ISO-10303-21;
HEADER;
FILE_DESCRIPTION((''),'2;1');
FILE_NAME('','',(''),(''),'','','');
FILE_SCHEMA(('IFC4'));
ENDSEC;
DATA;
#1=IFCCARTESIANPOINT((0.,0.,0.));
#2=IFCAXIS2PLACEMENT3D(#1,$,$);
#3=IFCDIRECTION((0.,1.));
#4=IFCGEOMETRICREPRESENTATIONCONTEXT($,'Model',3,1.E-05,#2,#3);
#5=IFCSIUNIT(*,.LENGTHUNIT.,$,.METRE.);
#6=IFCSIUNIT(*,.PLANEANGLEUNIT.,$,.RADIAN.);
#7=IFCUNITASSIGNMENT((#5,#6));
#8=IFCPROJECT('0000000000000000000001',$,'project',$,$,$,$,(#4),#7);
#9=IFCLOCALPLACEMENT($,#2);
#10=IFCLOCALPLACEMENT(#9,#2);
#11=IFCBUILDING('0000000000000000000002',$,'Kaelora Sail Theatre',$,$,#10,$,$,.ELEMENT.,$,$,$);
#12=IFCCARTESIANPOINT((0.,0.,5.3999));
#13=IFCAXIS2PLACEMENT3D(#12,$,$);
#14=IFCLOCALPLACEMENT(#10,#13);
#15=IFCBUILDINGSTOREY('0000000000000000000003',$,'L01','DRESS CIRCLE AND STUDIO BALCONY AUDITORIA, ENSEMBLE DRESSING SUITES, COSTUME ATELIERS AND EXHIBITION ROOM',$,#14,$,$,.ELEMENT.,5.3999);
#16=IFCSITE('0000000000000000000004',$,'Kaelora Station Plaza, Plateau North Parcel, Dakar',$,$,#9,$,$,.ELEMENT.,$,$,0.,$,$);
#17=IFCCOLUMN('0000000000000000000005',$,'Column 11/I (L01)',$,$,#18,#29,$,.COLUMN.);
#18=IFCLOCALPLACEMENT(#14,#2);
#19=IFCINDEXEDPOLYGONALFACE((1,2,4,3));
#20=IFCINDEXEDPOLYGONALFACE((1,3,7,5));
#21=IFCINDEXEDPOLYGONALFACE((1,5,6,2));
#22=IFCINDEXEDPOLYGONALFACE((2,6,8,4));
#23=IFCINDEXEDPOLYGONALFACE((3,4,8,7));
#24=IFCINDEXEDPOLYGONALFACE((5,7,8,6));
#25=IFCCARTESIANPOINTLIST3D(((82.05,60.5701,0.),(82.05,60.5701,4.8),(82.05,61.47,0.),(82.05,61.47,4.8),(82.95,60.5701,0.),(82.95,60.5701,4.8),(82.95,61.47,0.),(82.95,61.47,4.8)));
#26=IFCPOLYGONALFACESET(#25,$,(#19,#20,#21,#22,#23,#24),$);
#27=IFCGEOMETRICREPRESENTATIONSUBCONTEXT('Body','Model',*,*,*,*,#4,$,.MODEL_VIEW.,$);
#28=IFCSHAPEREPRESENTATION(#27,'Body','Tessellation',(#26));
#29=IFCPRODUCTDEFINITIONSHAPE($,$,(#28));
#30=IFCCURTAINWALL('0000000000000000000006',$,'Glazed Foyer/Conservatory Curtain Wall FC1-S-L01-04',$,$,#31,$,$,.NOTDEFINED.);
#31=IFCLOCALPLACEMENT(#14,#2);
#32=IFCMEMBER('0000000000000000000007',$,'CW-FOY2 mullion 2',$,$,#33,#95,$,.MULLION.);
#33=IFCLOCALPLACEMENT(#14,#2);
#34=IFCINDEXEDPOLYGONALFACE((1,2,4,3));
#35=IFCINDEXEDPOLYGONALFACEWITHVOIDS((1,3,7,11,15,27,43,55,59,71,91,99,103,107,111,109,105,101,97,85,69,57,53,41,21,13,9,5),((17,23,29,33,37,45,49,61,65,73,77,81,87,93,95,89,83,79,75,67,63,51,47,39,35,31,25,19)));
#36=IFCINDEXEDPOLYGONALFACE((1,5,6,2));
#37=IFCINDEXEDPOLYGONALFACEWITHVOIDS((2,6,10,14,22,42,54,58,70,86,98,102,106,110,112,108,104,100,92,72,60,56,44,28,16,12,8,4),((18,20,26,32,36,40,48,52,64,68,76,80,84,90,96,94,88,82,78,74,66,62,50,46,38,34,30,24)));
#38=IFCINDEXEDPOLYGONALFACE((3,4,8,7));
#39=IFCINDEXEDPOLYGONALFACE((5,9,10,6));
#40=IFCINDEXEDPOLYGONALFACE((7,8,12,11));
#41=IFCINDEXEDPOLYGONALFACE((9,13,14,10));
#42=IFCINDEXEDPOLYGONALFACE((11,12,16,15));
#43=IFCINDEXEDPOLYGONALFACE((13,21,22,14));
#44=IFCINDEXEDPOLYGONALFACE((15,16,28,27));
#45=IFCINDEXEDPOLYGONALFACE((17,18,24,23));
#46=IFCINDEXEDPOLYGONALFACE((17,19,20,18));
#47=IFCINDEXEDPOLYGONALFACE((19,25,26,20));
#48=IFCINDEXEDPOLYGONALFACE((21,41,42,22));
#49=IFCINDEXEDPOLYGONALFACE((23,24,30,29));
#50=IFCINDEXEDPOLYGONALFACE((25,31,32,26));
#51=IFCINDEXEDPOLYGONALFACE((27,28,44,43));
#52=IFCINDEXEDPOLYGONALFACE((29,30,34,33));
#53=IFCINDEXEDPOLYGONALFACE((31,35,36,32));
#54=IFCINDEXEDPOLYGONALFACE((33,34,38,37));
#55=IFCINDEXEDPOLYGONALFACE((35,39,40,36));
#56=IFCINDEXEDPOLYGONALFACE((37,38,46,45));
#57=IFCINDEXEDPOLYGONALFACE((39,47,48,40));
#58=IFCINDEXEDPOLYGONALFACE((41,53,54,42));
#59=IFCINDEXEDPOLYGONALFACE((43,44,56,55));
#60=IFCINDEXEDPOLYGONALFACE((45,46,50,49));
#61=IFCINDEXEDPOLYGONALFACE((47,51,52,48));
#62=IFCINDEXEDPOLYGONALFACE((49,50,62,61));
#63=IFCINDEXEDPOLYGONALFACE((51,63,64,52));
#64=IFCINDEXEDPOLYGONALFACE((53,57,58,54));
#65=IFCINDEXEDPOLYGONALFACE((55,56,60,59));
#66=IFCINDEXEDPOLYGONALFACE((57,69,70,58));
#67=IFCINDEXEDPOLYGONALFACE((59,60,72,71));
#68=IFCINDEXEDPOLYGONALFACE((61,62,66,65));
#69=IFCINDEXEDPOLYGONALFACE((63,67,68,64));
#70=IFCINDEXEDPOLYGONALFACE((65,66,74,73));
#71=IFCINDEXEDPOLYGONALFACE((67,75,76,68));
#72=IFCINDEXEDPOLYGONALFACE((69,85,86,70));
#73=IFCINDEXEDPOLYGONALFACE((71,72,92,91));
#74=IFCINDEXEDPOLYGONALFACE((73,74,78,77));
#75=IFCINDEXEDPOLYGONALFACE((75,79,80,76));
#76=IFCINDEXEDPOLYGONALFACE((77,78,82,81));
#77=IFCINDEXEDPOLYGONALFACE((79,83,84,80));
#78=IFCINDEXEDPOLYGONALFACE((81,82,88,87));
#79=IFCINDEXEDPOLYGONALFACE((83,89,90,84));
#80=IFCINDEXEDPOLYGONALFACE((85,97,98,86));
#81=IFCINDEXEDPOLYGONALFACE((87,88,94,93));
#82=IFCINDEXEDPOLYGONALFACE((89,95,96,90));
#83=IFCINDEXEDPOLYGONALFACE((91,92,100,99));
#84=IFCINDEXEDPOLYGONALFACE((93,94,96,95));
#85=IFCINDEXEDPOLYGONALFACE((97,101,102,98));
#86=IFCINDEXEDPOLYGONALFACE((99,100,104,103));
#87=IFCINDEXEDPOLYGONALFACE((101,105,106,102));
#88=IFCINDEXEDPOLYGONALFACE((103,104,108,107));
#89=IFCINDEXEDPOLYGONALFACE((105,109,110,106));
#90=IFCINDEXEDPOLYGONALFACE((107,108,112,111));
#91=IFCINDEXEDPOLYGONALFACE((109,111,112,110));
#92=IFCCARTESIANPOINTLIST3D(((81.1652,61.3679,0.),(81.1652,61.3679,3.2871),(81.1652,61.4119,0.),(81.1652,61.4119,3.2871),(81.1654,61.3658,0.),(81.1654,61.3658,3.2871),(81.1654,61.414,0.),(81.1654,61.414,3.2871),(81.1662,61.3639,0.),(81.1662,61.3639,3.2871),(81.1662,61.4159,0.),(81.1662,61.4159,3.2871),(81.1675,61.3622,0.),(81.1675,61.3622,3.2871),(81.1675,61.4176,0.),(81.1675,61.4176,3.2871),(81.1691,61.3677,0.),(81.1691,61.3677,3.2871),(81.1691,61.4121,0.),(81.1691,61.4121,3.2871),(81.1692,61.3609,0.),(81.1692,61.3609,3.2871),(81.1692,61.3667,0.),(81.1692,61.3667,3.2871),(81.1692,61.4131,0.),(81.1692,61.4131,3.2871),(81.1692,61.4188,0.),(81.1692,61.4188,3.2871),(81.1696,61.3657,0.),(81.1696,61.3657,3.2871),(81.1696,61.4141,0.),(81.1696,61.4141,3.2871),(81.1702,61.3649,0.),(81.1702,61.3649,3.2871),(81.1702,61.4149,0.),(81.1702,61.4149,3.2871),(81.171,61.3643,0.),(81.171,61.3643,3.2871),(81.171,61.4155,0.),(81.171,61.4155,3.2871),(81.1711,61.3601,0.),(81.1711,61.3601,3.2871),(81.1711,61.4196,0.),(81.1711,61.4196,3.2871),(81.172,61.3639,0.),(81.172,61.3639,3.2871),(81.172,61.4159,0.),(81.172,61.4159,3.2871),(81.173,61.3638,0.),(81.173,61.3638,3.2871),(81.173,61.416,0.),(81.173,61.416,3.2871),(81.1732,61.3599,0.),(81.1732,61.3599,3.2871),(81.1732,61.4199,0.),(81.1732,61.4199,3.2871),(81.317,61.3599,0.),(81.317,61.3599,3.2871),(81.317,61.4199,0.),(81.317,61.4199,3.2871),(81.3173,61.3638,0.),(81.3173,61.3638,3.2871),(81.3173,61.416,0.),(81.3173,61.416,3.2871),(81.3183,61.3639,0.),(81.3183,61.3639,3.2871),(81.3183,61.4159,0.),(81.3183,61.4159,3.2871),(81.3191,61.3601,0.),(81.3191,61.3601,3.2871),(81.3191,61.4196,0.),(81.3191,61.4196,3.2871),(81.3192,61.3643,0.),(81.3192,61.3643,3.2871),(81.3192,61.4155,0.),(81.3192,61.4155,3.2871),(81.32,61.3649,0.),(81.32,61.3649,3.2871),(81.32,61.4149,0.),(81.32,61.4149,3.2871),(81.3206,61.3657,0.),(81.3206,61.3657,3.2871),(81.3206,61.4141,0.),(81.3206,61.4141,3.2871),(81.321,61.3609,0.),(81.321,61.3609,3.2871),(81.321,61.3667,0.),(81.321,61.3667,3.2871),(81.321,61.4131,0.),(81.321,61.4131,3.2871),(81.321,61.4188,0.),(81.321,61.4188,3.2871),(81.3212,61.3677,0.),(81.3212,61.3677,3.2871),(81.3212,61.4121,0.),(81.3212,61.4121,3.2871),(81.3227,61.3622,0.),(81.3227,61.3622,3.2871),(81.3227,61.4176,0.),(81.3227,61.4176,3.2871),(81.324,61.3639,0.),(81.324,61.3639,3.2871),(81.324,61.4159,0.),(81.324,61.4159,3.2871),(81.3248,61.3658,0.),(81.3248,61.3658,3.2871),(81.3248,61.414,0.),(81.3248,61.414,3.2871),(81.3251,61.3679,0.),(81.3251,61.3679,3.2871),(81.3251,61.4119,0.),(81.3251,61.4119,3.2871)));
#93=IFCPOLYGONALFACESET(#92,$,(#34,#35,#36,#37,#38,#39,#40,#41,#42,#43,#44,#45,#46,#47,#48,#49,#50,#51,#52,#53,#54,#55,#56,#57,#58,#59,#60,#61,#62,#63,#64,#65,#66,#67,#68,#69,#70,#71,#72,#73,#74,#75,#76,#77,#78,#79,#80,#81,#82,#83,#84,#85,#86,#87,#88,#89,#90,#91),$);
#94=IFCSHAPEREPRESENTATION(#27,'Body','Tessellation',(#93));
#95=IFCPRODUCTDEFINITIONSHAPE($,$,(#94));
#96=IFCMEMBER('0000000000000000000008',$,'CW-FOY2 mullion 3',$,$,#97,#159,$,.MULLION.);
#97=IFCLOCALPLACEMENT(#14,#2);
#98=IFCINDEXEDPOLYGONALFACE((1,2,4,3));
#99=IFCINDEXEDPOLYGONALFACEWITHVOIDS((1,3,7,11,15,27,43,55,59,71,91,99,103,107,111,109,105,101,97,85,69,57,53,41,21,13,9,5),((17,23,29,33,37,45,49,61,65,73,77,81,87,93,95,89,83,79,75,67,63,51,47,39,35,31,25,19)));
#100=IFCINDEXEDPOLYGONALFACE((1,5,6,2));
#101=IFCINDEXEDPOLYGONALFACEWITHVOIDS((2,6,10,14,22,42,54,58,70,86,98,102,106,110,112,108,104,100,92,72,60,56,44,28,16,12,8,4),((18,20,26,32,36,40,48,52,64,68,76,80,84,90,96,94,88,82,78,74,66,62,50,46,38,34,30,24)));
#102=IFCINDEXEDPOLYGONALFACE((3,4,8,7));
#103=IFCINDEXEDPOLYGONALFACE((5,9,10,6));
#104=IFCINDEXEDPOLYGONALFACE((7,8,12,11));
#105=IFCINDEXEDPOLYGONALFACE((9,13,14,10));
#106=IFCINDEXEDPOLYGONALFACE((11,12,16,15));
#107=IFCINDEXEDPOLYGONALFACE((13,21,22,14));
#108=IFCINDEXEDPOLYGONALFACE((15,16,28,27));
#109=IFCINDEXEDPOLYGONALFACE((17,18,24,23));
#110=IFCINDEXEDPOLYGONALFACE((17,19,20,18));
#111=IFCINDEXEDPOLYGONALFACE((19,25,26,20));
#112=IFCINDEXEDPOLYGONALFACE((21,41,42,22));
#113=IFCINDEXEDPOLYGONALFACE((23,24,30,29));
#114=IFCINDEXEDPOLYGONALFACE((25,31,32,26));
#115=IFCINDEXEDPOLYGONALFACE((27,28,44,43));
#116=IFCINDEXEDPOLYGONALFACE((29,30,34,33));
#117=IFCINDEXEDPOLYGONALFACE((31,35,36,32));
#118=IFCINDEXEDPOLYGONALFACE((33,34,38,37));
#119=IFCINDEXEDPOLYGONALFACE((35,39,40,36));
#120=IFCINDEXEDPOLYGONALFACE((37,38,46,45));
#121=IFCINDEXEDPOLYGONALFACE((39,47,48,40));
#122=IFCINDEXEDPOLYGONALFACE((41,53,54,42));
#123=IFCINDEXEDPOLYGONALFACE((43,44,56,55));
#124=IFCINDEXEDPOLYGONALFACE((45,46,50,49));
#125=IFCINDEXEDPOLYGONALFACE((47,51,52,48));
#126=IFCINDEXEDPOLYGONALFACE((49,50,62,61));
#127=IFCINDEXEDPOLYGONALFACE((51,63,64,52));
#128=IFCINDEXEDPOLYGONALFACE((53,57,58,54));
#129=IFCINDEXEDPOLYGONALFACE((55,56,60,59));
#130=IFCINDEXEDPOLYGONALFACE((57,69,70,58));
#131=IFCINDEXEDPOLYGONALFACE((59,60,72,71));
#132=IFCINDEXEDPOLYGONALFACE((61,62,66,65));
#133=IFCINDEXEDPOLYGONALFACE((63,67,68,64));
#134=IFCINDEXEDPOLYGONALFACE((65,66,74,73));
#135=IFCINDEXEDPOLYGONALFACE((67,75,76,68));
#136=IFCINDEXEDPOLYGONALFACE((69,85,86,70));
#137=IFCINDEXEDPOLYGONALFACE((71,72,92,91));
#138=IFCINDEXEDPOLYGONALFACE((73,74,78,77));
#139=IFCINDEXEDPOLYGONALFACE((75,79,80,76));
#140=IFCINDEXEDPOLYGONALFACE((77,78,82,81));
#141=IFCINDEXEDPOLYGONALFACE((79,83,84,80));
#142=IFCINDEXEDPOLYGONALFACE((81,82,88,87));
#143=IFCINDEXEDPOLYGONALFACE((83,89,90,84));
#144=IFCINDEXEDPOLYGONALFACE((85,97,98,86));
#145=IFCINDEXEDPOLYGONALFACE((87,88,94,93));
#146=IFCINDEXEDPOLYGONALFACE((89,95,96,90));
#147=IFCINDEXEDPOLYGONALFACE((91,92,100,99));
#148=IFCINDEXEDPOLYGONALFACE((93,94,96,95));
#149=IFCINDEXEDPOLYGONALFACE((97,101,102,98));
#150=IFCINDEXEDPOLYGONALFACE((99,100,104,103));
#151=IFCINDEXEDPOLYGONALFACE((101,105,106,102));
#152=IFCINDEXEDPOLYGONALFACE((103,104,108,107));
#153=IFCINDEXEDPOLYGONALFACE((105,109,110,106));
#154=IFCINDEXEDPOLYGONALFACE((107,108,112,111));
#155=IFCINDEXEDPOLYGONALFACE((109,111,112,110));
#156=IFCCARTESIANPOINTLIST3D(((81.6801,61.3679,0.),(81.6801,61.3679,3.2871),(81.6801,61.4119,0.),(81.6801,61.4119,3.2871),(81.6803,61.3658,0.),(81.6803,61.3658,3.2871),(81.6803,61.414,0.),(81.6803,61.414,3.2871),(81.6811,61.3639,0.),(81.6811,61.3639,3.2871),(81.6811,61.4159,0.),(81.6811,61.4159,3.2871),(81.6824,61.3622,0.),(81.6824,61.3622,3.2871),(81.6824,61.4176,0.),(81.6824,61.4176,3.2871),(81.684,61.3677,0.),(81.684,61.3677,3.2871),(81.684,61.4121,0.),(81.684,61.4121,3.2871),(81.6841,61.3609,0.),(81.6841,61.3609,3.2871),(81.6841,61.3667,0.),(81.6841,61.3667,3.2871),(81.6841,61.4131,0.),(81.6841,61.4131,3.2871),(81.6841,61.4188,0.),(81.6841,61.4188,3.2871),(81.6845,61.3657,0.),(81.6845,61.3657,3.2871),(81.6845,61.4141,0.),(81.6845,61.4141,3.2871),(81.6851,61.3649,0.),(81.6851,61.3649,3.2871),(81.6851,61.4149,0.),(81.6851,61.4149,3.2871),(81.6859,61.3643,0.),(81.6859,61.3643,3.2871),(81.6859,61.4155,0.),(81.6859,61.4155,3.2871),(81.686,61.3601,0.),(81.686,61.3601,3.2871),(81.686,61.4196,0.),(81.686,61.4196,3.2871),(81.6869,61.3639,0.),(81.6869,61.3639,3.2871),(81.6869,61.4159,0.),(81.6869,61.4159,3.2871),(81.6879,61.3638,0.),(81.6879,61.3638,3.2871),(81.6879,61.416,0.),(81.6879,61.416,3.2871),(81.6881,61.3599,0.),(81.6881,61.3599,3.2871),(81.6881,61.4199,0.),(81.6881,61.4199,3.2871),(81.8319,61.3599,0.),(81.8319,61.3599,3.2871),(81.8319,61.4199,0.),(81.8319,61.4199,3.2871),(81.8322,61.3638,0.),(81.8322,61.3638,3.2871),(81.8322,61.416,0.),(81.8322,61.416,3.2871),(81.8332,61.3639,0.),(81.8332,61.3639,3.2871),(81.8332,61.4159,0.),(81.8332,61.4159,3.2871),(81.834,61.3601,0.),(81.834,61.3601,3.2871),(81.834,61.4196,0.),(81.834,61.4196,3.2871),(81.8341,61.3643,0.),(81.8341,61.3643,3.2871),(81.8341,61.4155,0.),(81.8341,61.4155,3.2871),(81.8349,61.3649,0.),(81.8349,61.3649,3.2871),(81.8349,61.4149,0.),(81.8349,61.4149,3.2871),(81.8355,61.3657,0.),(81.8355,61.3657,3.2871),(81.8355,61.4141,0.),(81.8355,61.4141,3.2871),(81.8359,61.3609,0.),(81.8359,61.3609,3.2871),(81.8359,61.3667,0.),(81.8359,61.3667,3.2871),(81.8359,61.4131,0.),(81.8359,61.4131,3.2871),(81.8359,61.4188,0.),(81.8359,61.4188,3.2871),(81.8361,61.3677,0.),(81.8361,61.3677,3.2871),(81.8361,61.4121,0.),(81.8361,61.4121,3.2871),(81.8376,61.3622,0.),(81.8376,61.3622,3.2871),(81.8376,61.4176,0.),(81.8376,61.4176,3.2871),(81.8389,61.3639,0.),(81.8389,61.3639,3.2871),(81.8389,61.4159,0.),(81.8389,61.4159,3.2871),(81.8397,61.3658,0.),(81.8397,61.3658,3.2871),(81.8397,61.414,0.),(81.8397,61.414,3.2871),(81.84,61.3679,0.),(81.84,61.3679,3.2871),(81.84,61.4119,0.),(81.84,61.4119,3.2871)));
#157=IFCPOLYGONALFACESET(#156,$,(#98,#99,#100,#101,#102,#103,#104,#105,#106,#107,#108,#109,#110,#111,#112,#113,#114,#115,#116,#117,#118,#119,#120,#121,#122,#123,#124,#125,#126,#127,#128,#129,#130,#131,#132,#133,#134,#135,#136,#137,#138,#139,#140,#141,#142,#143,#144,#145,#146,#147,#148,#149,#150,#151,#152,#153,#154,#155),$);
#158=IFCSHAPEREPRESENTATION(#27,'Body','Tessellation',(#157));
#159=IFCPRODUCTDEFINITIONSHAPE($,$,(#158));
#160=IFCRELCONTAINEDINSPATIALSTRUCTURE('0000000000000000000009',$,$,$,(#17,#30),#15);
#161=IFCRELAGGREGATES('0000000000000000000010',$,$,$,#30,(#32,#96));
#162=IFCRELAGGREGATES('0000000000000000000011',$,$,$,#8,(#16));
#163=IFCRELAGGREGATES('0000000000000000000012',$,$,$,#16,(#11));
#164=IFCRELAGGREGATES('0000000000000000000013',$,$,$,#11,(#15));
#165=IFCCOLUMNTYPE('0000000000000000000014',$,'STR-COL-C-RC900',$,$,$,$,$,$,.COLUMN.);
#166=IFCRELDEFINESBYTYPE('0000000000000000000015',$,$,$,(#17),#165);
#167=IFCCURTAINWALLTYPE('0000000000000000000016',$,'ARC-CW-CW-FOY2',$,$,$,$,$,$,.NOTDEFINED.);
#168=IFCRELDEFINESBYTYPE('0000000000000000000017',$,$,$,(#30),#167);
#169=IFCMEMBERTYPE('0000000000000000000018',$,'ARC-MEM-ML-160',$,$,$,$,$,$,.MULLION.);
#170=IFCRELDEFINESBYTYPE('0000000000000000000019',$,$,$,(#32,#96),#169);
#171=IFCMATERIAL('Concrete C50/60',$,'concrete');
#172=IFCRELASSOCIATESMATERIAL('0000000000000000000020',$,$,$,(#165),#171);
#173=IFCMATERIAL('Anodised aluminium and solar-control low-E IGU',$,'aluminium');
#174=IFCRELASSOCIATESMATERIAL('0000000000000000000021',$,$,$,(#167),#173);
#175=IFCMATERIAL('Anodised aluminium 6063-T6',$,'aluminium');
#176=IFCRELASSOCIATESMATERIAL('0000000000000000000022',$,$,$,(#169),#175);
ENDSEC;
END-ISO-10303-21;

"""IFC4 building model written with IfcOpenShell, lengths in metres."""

from ifc_helpers import new_model, si_unit, direction, frame, origin, origin_2d, place, context, subcontext, project, spatial, rectangle, hollow_rectangle, extrude, material, material_profile, profile_set, type_object, element, aggregate, save


model = new_model("IFC4")

# Units and contexts
model_context = context("Model", 3, precision=1e-05, world=origin(), true_north=direction((0.0, 1.0)))
body_context = subcontext(model_context, "Body", "Model", "MODEL_VIEW")
ifc_project = project(units=[si_unit("LENGTHUNIT", "METRE"), si_unit("PLANEANGLEUNIT", "RADIAN")], contexts=[model_context])

# Site, building, storey
site_placement = place(None, origin())
site = spatial("IfcSite", under=ifc_project, at=site_placement, Name="Kaelora Station Plaza, Plateau North Parcel, Dakar", CompositionType="ELEMENT", RefElevation=0.0)
building_placement = place(site_placement, origin())
building = spatial("IfcBuilding", under=site, at=building_placement, Name="Kaelora Sail Theatre", CompositionType="ELEMENT")
storey_placement = place(building_placement, frame((0.0, 0.0, 5.3999)))
storey = spatial("IfcBuildingStorey", under=building, at=storey_placement, Name="L01", Description="DRESS CIRCLE AND STUDIO BALCONY AUDITORIA, ENSEMBLE DRESSING SUITES, COSTUME ATELIERS AND EXHIBITION ROOM", CompositionType="ELEMENT", Elevation=5.3999)

# Column
ifc_material_1 = material(Name="Concrete C50/60", Category="concrete")
ifc_material_profile_1 = material_profile(ifc_material_1, rectangle(XDim=0.8999, YDim=0.8999, at=origin_2d()), Name="RC-COL 900x900")
ifc_profile_set_1 = profile_set([ifc_material_profile_1], Name="Concrete C50/60")
column_type = type_object("IfcColumnType", Name="STR-COL-C-RC900", PredefinedType="COLUMN", material=ifc_profile_set_1)
column_placement = place(storey_placement, frame((82.5, 61.02, 0.0), z_axis=(0.0, 0.0, 1.0), x_axis=(1.0, 0.0, 0.0)))
element("IfcColumn", 1, at=column_placement, inside=storey, type_object=column_type, Name="Column 11/I (L01)", PredefinedType="COLUMN", context=body_context, shape_type="SweptSolid", body=[
    extrude(rectangle(XDim=0.8999, YDim=0.8999, at=origin_2d()), origin(), (0.0, 0.0, 1.0), 4.8),
])

# Curtain wall, members
ifc_material_2 = material(Name="Anodised aluminium and solar-control low-E IGU", Category="aluminium")
curtain_wall_type = type_object("IfcCurtainWallType", Name="ARC-CW-CW-FOY2", PredefinedType="NOTDEFINED", material=ifc_material_2)
curtain_wall_1_placement = place(storey_placement, origin())
curtain_wall_1 = element("IfcCurtainWall", 2, at=curtain_wall_1_placement, inside=storey, type_object=curtain_wall_type, Name="Glazed Foyer/Conservatory Curtain Wall FC1-S-L01-04", PredefinedType="NOTDEFINED")
ifc_material_3 = material(Name="Anodised aluminium 6063-T6", Category="aluminium")
ifc_material_profile_2 = material_profile(ifc_material_3, hollow_rectangle(XDim=0.0601, YDim=0.1599, WallThickness=0.0039, InnerFilletRadius=0.0039, OuterFilletRadius=0.0081, at=origin_2d()), Name="ALU-MULL 60x160x4")
ifc_profile_set_2 = profile_set([ifc_material_profile_2], Name="Anodised aluminium 6063-T6")
member_type_1 = type_object("IfcMemberType", Name="ARC-MEM-ML-160", PredefinedType="MULLION", material=ifc_profile_set_2)
member_1_placement = place(storey_placement, frame((81.2451, 61.3899, 0.0), z_axis=(0.0, 0.0, 1.0), x_axis=(0.0, 1.0, 0.0)))
member_1 = element("IfcMember", 3, at=member_1_placement, type_object=member_type_1, Name="CW-FOY2 mullion 2", PredefinedType="MULLION", context=body_context, shape_type="SweptSolid", body=[
    extrude(hollow_rectangle(XDim=0.0601, YDim=0.1599, WallThickness=0.0039, InnerFilletRadius=0.0039, OuterFilletRadius=0.0081, at=origin_2d()), origin(), (0.0, 0.0, 1.0), 3.2871),
])
member_2_placement = place(storey_placement, frame((81.76, 61.3899, 0.0), z_axis=(0.0, 0.0, 1.0), x_axis=(0.0, 1.0, 0.0)))
member_2 = element("IfcMember", 4, at=member_2_placement, type_object=member_type_1, Name="CW-FOY2 mullion 3", PredefinedType="MULLION", context=body_context, shape_type="SweptSolid", body=[
    extrude(hollow_rectangle(XDim=0.0601, YDim=0.1599, WallThickness=0.0039, InnerFilletRadius=0.0039, OuterFilletRadius=0.0081, at=origin_2d()), origin(), (0.0, 0.0, 1.0), 3.2871),
])

aggregate(curtain_wall_1, [member_1, member_2])

save(model, "model.ifc")
